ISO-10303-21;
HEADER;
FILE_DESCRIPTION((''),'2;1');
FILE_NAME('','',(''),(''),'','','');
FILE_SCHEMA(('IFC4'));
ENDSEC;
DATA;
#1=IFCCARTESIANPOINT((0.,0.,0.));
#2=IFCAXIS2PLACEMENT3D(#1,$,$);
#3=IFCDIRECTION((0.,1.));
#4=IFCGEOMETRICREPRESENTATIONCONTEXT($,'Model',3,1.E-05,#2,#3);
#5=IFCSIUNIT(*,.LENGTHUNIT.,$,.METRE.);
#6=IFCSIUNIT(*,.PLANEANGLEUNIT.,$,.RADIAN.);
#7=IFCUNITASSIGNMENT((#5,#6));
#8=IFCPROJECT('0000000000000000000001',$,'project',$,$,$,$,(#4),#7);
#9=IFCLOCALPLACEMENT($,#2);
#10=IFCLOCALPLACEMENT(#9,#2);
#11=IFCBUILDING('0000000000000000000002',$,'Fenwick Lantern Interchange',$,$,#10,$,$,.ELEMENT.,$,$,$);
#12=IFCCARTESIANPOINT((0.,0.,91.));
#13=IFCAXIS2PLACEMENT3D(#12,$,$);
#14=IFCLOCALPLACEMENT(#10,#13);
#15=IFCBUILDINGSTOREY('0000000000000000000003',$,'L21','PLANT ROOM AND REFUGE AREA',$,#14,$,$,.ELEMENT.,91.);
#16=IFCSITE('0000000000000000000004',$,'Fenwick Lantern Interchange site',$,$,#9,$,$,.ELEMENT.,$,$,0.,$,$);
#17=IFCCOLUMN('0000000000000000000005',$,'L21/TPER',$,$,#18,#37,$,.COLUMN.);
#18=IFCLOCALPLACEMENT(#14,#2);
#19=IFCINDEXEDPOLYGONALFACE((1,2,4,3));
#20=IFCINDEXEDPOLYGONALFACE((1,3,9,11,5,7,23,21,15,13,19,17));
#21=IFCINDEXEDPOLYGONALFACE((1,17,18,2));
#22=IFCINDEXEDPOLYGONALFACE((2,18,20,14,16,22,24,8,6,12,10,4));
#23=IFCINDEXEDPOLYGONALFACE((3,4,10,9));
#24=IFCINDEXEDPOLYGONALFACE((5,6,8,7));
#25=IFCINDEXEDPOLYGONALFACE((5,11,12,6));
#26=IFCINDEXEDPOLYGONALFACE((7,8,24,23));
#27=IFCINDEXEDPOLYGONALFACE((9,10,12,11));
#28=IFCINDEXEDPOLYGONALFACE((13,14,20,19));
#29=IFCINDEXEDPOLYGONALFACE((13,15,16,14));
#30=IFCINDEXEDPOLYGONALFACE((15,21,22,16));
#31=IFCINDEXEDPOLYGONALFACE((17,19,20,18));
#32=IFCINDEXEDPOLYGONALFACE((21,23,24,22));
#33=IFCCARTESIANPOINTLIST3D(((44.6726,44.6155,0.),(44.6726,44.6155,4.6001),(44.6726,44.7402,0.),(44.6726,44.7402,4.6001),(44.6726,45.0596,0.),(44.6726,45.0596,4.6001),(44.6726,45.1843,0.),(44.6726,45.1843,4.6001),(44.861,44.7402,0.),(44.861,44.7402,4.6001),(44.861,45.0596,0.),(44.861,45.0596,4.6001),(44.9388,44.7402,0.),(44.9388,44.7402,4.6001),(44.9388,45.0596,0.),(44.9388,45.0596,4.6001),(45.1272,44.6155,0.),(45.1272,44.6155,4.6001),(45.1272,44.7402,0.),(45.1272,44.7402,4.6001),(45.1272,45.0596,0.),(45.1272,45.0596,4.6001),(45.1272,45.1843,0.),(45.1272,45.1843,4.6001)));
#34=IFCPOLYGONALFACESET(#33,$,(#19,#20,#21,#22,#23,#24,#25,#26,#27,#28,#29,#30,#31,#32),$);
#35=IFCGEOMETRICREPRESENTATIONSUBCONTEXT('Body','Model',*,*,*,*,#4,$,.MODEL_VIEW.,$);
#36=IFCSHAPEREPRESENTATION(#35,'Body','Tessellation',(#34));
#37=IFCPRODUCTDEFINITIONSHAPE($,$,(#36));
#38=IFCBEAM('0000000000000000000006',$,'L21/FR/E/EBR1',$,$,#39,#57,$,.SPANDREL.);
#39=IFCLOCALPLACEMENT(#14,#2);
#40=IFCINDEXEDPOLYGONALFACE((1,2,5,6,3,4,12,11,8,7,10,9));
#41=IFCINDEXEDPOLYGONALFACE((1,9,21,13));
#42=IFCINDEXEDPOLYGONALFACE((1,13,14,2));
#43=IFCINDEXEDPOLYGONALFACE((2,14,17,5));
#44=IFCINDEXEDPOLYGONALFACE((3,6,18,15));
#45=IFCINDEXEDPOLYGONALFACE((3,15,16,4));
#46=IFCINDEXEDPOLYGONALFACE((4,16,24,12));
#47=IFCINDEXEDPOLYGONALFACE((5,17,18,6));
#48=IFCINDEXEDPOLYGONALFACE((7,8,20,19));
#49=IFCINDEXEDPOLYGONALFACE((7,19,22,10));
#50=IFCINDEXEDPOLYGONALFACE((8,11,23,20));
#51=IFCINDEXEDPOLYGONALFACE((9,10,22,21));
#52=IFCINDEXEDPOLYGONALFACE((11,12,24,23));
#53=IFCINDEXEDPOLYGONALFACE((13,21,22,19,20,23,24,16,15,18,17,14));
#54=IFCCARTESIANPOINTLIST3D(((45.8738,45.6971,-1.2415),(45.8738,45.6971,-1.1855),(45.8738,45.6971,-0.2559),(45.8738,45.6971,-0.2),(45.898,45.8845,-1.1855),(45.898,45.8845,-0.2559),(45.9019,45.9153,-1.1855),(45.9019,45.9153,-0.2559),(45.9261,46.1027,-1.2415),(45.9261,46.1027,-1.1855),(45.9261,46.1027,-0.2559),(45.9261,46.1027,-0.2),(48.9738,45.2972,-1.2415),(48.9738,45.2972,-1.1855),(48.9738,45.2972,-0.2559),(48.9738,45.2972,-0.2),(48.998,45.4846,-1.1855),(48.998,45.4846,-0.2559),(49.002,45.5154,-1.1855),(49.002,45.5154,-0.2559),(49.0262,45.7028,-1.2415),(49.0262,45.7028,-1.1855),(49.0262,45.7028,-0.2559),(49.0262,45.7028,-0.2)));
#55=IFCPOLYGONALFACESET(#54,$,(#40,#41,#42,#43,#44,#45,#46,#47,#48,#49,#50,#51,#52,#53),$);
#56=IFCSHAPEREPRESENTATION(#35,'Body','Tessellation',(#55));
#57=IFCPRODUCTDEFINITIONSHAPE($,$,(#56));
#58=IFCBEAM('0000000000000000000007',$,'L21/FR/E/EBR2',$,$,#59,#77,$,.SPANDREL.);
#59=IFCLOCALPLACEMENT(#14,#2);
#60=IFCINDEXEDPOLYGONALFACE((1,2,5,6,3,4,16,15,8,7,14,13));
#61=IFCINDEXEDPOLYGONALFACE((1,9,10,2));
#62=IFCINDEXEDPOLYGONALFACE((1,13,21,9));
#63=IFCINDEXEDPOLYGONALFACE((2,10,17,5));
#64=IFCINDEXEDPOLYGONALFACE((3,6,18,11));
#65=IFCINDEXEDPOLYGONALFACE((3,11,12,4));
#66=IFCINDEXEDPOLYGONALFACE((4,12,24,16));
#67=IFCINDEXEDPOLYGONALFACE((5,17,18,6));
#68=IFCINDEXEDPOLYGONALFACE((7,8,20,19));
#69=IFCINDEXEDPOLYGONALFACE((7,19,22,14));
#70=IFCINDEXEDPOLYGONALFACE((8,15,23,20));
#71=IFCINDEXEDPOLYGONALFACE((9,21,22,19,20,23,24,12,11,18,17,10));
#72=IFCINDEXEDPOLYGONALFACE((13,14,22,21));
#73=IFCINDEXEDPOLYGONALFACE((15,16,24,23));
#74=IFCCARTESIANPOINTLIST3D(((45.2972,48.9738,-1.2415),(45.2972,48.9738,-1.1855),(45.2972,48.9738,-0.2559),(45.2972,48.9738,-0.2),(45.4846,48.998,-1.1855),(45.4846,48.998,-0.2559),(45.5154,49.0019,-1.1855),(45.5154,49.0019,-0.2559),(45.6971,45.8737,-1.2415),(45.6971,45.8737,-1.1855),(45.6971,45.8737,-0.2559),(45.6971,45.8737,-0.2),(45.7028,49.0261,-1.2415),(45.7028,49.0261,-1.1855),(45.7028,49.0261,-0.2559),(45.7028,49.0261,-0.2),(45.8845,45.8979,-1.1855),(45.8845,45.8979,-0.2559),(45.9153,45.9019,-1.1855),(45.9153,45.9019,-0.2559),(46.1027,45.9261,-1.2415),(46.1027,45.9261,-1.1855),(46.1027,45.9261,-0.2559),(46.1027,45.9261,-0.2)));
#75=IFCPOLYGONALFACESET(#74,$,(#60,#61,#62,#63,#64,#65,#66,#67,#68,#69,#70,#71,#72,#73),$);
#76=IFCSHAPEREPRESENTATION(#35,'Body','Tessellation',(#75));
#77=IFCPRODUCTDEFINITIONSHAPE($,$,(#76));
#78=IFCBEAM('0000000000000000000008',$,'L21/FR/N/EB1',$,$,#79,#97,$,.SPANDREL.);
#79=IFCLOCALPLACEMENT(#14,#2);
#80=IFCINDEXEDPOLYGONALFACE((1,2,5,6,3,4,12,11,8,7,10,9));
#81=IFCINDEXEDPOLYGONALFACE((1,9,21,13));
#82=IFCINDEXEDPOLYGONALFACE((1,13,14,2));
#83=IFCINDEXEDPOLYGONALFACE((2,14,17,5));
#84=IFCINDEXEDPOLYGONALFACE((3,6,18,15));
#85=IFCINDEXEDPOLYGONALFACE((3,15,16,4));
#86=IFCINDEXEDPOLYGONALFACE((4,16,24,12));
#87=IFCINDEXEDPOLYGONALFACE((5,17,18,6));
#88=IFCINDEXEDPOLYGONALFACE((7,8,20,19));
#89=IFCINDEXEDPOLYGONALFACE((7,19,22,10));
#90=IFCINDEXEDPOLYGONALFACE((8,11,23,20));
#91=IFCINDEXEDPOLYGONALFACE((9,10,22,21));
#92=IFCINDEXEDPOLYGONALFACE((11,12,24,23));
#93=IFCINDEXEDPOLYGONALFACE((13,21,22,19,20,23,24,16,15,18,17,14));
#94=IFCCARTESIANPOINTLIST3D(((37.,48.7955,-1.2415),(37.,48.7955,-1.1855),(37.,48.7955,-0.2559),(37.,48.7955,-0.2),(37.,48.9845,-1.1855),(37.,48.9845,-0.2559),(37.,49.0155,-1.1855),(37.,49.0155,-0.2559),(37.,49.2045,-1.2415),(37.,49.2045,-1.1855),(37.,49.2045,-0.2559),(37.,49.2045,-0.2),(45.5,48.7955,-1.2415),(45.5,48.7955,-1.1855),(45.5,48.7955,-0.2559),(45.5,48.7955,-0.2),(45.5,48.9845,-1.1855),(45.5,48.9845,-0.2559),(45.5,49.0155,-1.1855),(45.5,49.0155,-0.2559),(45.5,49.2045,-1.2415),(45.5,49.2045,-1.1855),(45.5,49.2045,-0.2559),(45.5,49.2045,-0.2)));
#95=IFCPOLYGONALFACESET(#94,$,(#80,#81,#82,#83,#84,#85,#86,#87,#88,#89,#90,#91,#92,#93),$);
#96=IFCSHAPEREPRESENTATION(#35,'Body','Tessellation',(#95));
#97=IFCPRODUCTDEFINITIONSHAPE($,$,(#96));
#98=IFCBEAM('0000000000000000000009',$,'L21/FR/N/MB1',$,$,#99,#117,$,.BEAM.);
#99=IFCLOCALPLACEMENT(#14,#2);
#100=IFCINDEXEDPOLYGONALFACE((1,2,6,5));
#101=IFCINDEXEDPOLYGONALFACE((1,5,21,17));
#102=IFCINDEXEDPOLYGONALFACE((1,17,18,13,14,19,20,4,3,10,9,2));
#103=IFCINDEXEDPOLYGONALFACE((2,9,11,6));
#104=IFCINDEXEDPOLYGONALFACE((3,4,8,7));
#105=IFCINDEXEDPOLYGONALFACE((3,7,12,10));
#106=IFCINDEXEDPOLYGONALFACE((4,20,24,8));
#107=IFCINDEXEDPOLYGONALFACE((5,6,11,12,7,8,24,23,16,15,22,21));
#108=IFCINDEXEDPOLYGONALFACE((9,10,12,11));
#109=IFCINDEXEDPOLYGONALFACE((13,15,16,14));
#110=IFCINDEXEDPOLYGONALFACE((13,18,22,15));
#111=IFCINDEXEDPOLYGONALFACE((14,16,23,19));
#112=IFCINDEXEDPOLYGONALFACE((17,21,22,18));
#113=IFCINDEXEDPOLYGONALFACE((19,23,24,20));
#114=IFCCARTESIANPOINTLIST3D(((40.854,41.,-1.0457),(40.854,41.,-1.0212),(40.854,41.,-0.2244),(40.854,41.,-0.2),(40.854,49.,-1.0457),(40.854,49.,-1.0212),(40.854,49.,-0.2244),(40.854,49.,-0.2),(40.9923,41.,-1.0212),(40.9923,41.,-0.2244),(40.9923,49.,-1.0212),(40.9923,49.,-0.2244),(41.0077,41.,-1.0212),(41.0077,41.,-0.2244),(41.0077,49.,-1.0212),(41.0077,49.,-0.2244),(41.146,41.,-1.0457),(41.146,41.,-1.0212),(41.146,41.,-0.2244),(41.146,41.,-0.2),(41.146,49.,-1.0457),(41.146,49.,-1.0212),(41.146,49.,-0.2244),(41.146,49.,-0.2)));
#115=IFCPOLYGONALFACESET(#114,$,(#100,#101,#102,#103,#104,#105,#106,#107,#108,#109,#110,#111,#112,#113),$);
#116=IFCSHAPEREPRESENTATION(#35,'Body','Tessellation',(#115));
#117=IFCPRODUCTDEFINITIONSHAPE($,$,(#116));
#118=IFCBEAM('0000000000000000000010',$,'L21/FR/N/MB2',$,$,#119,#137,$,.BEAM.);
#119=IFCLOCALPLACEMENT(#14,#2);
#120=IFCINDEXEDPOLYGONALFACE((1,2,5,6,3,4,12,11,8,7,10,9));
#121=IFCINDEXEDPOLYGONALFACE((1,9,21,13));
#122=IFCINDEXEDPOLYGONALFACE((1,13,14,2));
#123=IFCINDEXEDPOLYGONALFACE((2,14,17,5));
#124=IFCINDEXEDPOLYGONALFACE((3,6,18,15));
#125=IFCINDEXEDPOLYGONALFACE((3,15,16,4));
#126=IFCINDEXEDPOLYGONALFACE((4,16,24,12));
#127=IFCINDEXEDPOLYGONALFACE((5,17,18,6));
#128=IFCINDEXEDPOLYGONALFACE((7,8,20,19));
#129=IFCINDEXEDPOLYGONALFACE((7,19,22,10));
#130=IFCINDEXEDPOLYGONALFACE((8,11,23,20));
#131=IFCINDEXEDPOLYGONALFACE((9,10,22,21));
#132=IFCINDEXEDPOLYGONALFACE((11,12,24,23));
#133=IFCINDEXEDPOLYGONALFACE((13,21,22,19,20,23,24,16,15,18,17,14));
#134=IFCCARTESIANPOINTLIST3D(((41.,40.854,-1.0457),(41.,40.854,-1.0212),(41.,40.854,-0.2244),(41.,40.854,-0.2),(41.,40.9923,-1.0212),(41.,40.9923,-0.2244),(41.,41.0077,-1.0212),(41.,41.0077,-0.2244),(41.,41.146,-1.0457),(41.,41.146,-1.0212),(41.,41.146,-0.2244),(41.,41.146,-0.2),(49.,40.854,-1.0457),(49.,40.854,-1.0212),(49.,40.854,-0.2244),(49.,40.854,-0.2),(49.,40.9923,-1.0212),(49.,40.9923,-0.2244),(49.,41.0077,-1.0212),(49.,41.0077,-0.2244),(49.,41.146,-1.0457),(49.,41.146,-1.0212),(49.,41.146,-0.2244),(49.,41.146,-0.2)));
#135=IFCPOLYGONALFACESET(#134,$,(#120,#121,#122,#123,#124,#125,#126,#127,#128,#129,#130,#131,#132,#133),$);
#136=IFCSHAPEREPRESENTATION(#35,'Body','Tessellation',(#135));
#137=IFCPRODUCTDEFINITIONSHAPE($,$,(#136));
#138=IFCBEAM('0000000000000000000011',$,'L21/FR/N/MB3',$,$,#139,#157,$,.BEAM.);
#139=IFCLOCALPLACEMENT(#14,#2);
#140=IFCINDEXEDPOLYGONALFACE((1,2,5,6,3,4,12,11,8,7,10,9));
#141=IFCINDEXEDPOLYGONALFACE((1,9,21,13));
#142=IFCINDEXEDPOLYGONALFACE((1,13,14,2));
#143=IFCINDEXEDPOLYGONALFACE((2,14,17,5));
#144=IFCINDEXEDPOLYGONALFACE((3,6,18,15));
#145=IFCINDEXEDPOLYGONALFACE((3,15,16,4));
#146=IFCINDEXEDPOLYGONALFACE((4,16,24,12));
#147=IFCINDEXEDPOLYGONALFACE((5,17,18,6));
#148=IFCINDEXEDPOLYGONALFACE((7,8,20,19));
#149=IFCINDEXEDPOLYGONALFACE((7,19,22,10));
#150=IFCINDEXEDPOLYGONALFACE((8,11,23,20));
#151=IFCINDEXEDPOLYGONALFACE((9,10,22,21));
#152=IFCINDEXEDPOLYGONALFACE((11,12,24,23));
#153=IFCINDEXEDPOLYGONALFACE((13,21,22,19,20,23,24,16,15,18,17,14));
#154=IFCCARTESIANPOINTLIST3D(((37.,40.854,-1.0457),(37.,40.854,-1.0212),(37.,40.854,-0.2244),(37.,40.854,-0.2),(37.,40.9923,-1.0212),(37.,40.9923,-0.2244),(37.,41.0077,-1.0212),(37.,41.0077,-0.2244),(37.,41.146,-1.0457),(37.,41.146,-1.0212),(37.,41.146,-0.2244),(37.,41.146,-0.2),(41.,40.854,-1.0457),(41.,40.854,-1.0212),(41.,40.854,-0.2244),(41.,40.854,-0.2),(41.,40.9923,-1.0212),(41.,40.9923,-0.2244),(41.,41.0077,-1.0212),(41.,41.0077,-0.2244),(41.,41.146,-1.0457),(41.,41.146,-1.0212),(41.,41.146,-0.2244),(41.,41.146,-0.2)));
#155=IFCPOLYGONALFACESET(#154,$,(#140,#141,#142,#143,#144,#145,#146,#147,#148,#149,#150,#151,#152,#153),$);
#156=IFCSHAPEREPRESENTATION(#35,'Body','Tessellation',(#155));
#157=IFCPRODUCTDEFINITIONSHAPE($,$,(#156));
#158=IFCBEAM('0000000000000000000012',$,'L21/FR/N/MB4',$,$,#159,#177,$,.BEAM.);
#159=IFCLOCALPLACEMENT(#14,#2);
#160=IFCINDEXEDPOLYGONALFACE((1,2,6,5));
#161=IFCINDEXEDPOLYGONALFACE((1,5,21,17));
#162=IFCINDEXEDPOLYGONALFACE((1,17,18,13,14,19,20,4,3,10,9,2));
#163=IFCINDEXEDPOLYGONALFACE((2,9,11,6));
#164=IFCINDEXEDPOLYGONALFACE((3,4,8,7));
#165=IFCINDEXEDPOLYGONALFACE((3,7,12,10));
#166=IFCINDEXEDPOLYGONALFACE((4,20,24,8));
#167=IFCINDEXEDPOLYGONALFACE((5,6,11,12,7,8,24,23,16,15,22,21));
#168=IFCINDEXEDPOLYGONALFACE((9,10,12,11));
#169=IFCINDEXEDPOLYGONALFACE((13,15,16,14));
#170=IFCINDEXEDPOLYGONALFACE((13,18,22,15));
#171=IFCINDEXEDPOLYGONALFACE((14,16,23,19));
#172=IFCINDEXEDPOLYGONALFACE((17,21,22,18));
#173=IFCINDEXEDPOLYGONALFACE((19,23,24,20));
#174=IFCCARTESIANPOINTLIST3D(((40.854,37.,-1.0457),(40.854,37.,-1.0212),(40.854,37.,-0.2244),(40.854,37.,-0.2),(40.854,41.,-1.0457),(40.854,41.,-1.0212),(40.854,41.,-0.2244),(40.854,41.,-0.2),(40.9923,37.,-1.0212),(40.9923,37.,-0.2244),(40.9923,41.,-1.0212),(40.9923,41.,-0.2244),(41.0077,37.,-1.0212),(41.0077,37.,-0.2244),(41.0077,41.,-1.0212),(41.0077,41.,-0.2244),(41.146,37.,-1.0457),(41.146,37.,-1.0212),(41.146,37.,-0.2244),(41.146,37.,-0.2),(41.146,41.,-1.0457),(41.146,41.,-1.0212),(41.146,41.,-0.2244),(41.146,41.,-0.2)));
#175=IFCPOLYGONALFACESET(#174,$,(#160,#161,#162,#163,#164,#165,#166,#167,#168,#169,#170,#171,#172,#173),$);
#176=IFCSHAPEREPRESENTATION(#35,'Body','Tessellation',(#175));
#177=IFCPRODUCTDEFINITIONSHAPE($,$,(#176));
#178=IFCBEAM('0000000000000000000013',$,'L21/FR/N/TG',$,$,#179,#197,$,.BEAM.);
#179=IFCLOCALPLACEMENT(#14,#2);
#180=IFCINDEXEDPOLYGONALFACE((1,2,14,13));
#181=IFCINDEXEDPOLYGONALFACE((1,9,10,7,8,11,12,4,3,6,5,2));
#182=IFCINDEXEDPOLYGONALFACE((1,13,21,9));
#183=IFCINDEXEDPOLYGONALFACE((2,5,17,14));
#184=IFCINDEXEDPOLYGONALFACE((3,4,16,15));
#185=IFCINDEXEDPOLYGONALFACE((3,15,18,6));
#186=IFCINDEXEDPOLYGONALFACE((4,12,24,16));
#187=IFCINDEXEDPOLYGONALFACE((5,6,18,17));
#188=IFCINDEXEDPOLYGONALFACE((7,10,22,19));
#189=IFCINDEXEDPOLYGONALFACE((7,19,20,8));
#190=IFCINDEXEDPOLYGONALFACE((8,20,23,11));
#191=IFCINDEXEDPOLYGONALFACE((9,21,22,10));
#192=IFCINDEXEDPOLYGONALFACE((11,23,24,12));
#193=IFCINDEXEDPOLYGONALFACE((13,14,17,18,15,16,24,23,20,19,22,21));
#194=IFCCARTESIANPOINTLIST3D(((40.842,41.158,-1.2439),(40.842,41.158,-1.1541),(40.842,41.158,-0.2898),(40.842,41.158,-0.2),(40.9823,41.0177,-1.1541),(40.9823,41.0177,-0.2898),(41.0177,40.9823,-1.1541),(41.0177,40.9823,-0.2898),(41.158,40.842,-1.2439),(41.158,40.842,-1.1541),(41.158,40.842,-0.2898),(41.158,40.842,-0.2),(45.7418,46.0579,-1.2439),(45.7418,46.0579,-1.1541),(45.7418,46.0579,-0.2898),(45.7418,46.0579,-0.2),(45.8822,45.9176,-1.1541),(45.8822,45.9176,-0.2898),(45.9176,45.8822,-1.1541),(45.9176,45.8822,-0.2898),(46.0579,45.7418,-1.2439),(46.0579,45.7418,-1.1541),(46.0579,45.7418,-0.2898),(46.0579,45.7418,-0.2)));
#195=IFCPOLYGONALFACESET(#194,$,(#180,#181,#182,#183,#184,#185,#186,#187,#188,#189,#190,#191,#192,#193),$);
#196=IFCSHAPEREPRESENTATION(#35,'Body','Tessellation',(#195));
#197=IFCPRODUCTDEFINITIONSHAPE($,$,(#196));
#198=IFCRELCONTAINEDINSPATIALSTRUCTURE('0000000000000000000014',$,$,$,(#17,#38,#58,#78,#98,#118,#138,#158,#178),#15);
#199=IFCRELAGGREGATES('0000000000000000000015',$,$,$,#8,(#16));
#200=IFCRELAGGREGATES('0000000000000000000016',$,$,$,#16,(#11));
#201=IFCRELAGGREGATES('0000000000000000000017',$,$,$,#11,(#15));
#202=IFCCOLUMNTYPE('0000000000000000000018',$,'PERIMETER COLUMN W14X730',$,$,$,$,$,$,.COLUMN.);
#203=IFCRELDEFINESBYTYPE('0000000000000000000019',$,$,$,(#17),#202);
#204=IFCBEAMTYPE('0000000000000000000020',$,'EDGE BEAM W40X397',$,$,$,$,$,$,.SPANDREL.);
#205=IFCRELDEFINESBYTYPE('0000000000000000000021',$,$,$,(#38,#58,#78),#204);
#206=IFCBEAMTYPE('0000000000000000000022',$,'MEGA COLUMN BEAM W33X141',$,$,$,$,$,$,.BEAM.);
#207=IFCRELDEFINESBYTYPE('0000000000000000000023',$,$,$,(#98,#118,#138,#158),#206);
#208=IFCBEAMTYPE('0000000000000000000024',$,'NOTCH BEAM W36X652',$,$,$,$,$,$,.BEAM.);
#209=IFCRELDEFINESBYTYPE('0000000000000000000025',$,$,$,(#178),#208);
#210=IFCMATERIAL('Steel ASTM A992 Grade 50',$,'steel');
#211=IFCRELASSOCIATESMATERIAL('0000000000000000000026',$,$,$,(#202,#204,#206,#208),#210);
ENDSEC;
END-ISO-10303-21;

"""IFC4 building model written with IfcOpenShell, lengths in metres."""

from ifc_helpers import new_model, si_unit, direction, frame, origin, origin_2d, place, context, subcontext, project, spatial, i_section, extrude, material, material_profile, profile_set, type_object, element, save


model = new_model("IFC4")

# Units and contexts
model_context = context("Model", 3, precision=1e-05, world=origin(), true_north=direction((0.0, 1.0)))
body_context = subcontext(model_context, "Body", "Model", "MODEL_VIEW")
ifc_project = project(units=[si_unit("LENGTHUNIT", "METRE"), si_unit("PLANEANGLEUNIT", "RADIAN")], contexts=[model_context])

# Site, building, storey
site_placement = place(None, origin())
site = spatial("IfcSite", under=ifc_project, at=site_placement, Name="Fenwick Lantern Interchange site", CompositionType="ELEMENT", RefElevation=0.0)
building_placement = place(site_placement, origin())
building = spatial("IfcBuilding", under=site, at=building_placement, Name="Fenwick Lantern Interchange", CompositionType="ELEMENT")
storey_placement = place(building_placement, frame((0.0, 0.0, 91.0)))
storey = spatial("IfcBuildingStorey", under=building, at=storey_placement, Name="L21", Description="PLANT ROOM AND REFUGE AREA", CompositionType="ELEMENT", Elevation=91.0)

# Column
ifc_material_1 = material(Name="Steel ASTM A992 Grade 50", Category="steel")
ifc_material_profile_1 = material_profile(ifc_material_1, i_section(OverallWidth=0.4546, OverallDepth=0.5688, WebThickness=0.0779, FlangeThickness=0.1248, at=origin_2d()), Name="W14X730")
ifc_profile_set_1 = profile_set([ifc_material_profile_1], Name="Steel ASTM A992 Grade 50")
column_type = type_object("IfcColumnType", Name="PERIMETER COLUMN W14X730", PredefinedType="COLUMN", material=ifc_profile_set_1)
column_placement = place(storey_placement, frame((44.8999, 44.8999, 0.0), z_axis=(0.0, 0.0, 1.0), x_axis=(1.0, 0.0, 0.0)))
element("IfcColumn", 1, at=column_placement, inside=storey, type_object=column_type, Name="L21/TPER", PredefinedType="COLUMN", context=body_context, shape_type="SweptSolid", body=[
    extrude(i_section(OverallWidth=0.4546, OverallDepth=0.5688, WebThickness=0.0779, FlangeThickness=0.1248, at=origin_2d()), origin(), (0.0, 0.0, 1.0), 4.6001),
])

# Beams
ifc_material_profile_2 = material_profile(ifc_material_1, i_section(OverallWidth=0.4089, OverallDepth=1.0415, WebThickness=0.031, FlangeThickness=0.0559, at=origin_2d()), Name="W40X397")
ifc_profile_set_2 = profile_set([ifc_material_profile_2], Name="Steel ASTM A992 Grade 50")
beam_type_1 = type_object("IfcBeamType", Name="EDGE BEAM W40X397", PredefinedType="SPANDREL", material=ifc_profile_set_2)
for number, where, z_axis, x_axis, name in (
    (2, (49.0, 45.5, -0.7207), (-0.991782, 0.127937, 0.0), (-0.127937, -0.991782, 0.0), "L21/FR/E/EBR1"),
    (3, (45.8999, 45.8999, -0.7207), (-0.127937, 0.991782, 0.0), (-0.991782, -0.127937, 0.0), "L21/FR/E/EBR2"),
):
    element("IfcBeam", number, at=place(storey_placement, frame(where, z_axis=z_axis, x_axis=x_axis)), inside=storey, type_object=beam_type_1, Name=name, PredefinedType="SPANDREL", context=body_context, shape_type="SweptSolid", body=[
        extrude(i_section(OverallWidth=0.4089, OverallDepth=1.0415, WebThickness=0.031, FlangeThickness=0.0559, at=origin_2d()), origin(), (0.0, 0.0, 1.0), 3.1257),
    ])
beam_1_placement = place(storey_placement, frame((45.5, 49.0, -0.7207), z_axis=(-1.0, 0.0, 0.0), x_axis=(0.0, -1.0, 0.0)))
element("IfcBeam", 4, at=beam_1_placement, inside=storey, type_object=beam_type_1, Name="L21/FR/N/EB1", PredefinedType="SPANDREL", context=body_context, shape_type="SweptSolid", body=[
    extrude(i_section(OverallWidth=0.4089, OverallDepth=1.0415, WebThickness=0.031, FlangeThickness=0.0559, at=origin_2d()), origin(), (0.0, 0.0, 1.0), 8.5),
])
ifc_material_profile_3 = material_profile(ifc_material_1, i_section(OverallWidth=0.292, OverallDepth=0.8457, WebThickness=0.0154, FlangeThickness=0.0244, at=origin_2d()), Name="W33X141")
ifc_profile_set_3 = profile_set([ifc_material_profile_3], Name="Steel ASTM A992 Grade 50")
beam_type_2 = type_object("IfcBeamType", Name="MEGA COLUMN BEAM W33X141", PredefinedType="BEAM", material=ifc_profile_set_3)
for number, where, z_axis, x_axis, name in (
    (5, (41.0, 41.0, -0.6228), (0.0, 1.0, 0.0), (-1.0, 0.0, 0.0), "L21/FR/N/MB1"),
    (6, (41.0, 41.0, -0.6228), (1.0, 0.0, 0.0), (0.0, 1.0, 0.0), "L21/FR/N/MB2"),
):
    element("IfcBeam", number, at=place(storey_placement, frame(where, z_axis=z_axis, x_axis=x_axis)), inside=storey, type_object=beam_type_2, Name=name, PredefinedType="BEAM", context=body_context, shape_type="SweptSolid", body=[
        extrude(i_section(OverallWidth=0.292, OverallDepth=0.8457, WebThickness=0.0154, FlangeThickness=0.0244, at=origin_2d()), origin(), (0.0, 0.0, 1.0), 8.0),
    ])
for number, where, z_axis, x_axis, name in (
    (7, (41.0, 41.0, -0.6228), (-1.0, 0.0, 0.0), (0.0, -1.0, 0.0), "L21/FR/N/MB3"),
    (8, (41.0, 41.0, -0.6228), (0.0, -1.0, 0.0), (1.0, 0.0, 0.0), "L21/FR/N/MB4"),
):
    element("IfcBeam", number, at=place(storey_placement, frame(where, z_axis=z_axis, x_axis=x_axis)), inside=storey, type_object=beam_type_2, Name=name, PredefinedType="BEAM", context=body_context, shape_type="SweptSolid", body=[
        extrude(i_section(OverallWidth=0.292, OverallDepth=0.8457, WebThickness=0.0154, FlangeThickness=0.0244, at=origin_2d()), origin(), (0.0, 0.0, 1.0), 4.0),
    ])
ifc_material_profile_4 = material_profile(ifc_material_1, i_section(OverallWidth=0.447, OverallDepth=1.0439, WebThickness=0.05, FlangeThickness=0.0898, at=origin_2d()), Name="W36X652")
ifc_profile_set_4 = profile_set([ifc_material_profile_4], Name="Steel ASTM A992 Grade 50")
beam_type_3 = type_object("IfcBeamType", Name="NOTCH BEAM W36X652", PredefinedType="BEAM", material=ifc_profile_set_4)
beam_2_placement = place(storey_placement, frame((41.0, 41.0, -0.7219), z_axis=(0.707107, 0.707107, 0.0), x_axis=(-0.707107, 0.707107, 0.0)))
element("IfcBeam", 9, at=beam_2_placement, inside=storey, type_object=beam_type_3, Name="L21/FR/N/TG", PredefinedType="BEAM", context=body_context, shape_type="SweptSolid", body=[
    extrude(i_section(OverallWidth=0.447, OverallDepth=1.0439, WebThickness=0.05, FlangeThickness=0.0898, at=origin_2d()), origin(), (0.0, 0.0, 1.0), 6.9294),
])

save(model, "model.ifc")
